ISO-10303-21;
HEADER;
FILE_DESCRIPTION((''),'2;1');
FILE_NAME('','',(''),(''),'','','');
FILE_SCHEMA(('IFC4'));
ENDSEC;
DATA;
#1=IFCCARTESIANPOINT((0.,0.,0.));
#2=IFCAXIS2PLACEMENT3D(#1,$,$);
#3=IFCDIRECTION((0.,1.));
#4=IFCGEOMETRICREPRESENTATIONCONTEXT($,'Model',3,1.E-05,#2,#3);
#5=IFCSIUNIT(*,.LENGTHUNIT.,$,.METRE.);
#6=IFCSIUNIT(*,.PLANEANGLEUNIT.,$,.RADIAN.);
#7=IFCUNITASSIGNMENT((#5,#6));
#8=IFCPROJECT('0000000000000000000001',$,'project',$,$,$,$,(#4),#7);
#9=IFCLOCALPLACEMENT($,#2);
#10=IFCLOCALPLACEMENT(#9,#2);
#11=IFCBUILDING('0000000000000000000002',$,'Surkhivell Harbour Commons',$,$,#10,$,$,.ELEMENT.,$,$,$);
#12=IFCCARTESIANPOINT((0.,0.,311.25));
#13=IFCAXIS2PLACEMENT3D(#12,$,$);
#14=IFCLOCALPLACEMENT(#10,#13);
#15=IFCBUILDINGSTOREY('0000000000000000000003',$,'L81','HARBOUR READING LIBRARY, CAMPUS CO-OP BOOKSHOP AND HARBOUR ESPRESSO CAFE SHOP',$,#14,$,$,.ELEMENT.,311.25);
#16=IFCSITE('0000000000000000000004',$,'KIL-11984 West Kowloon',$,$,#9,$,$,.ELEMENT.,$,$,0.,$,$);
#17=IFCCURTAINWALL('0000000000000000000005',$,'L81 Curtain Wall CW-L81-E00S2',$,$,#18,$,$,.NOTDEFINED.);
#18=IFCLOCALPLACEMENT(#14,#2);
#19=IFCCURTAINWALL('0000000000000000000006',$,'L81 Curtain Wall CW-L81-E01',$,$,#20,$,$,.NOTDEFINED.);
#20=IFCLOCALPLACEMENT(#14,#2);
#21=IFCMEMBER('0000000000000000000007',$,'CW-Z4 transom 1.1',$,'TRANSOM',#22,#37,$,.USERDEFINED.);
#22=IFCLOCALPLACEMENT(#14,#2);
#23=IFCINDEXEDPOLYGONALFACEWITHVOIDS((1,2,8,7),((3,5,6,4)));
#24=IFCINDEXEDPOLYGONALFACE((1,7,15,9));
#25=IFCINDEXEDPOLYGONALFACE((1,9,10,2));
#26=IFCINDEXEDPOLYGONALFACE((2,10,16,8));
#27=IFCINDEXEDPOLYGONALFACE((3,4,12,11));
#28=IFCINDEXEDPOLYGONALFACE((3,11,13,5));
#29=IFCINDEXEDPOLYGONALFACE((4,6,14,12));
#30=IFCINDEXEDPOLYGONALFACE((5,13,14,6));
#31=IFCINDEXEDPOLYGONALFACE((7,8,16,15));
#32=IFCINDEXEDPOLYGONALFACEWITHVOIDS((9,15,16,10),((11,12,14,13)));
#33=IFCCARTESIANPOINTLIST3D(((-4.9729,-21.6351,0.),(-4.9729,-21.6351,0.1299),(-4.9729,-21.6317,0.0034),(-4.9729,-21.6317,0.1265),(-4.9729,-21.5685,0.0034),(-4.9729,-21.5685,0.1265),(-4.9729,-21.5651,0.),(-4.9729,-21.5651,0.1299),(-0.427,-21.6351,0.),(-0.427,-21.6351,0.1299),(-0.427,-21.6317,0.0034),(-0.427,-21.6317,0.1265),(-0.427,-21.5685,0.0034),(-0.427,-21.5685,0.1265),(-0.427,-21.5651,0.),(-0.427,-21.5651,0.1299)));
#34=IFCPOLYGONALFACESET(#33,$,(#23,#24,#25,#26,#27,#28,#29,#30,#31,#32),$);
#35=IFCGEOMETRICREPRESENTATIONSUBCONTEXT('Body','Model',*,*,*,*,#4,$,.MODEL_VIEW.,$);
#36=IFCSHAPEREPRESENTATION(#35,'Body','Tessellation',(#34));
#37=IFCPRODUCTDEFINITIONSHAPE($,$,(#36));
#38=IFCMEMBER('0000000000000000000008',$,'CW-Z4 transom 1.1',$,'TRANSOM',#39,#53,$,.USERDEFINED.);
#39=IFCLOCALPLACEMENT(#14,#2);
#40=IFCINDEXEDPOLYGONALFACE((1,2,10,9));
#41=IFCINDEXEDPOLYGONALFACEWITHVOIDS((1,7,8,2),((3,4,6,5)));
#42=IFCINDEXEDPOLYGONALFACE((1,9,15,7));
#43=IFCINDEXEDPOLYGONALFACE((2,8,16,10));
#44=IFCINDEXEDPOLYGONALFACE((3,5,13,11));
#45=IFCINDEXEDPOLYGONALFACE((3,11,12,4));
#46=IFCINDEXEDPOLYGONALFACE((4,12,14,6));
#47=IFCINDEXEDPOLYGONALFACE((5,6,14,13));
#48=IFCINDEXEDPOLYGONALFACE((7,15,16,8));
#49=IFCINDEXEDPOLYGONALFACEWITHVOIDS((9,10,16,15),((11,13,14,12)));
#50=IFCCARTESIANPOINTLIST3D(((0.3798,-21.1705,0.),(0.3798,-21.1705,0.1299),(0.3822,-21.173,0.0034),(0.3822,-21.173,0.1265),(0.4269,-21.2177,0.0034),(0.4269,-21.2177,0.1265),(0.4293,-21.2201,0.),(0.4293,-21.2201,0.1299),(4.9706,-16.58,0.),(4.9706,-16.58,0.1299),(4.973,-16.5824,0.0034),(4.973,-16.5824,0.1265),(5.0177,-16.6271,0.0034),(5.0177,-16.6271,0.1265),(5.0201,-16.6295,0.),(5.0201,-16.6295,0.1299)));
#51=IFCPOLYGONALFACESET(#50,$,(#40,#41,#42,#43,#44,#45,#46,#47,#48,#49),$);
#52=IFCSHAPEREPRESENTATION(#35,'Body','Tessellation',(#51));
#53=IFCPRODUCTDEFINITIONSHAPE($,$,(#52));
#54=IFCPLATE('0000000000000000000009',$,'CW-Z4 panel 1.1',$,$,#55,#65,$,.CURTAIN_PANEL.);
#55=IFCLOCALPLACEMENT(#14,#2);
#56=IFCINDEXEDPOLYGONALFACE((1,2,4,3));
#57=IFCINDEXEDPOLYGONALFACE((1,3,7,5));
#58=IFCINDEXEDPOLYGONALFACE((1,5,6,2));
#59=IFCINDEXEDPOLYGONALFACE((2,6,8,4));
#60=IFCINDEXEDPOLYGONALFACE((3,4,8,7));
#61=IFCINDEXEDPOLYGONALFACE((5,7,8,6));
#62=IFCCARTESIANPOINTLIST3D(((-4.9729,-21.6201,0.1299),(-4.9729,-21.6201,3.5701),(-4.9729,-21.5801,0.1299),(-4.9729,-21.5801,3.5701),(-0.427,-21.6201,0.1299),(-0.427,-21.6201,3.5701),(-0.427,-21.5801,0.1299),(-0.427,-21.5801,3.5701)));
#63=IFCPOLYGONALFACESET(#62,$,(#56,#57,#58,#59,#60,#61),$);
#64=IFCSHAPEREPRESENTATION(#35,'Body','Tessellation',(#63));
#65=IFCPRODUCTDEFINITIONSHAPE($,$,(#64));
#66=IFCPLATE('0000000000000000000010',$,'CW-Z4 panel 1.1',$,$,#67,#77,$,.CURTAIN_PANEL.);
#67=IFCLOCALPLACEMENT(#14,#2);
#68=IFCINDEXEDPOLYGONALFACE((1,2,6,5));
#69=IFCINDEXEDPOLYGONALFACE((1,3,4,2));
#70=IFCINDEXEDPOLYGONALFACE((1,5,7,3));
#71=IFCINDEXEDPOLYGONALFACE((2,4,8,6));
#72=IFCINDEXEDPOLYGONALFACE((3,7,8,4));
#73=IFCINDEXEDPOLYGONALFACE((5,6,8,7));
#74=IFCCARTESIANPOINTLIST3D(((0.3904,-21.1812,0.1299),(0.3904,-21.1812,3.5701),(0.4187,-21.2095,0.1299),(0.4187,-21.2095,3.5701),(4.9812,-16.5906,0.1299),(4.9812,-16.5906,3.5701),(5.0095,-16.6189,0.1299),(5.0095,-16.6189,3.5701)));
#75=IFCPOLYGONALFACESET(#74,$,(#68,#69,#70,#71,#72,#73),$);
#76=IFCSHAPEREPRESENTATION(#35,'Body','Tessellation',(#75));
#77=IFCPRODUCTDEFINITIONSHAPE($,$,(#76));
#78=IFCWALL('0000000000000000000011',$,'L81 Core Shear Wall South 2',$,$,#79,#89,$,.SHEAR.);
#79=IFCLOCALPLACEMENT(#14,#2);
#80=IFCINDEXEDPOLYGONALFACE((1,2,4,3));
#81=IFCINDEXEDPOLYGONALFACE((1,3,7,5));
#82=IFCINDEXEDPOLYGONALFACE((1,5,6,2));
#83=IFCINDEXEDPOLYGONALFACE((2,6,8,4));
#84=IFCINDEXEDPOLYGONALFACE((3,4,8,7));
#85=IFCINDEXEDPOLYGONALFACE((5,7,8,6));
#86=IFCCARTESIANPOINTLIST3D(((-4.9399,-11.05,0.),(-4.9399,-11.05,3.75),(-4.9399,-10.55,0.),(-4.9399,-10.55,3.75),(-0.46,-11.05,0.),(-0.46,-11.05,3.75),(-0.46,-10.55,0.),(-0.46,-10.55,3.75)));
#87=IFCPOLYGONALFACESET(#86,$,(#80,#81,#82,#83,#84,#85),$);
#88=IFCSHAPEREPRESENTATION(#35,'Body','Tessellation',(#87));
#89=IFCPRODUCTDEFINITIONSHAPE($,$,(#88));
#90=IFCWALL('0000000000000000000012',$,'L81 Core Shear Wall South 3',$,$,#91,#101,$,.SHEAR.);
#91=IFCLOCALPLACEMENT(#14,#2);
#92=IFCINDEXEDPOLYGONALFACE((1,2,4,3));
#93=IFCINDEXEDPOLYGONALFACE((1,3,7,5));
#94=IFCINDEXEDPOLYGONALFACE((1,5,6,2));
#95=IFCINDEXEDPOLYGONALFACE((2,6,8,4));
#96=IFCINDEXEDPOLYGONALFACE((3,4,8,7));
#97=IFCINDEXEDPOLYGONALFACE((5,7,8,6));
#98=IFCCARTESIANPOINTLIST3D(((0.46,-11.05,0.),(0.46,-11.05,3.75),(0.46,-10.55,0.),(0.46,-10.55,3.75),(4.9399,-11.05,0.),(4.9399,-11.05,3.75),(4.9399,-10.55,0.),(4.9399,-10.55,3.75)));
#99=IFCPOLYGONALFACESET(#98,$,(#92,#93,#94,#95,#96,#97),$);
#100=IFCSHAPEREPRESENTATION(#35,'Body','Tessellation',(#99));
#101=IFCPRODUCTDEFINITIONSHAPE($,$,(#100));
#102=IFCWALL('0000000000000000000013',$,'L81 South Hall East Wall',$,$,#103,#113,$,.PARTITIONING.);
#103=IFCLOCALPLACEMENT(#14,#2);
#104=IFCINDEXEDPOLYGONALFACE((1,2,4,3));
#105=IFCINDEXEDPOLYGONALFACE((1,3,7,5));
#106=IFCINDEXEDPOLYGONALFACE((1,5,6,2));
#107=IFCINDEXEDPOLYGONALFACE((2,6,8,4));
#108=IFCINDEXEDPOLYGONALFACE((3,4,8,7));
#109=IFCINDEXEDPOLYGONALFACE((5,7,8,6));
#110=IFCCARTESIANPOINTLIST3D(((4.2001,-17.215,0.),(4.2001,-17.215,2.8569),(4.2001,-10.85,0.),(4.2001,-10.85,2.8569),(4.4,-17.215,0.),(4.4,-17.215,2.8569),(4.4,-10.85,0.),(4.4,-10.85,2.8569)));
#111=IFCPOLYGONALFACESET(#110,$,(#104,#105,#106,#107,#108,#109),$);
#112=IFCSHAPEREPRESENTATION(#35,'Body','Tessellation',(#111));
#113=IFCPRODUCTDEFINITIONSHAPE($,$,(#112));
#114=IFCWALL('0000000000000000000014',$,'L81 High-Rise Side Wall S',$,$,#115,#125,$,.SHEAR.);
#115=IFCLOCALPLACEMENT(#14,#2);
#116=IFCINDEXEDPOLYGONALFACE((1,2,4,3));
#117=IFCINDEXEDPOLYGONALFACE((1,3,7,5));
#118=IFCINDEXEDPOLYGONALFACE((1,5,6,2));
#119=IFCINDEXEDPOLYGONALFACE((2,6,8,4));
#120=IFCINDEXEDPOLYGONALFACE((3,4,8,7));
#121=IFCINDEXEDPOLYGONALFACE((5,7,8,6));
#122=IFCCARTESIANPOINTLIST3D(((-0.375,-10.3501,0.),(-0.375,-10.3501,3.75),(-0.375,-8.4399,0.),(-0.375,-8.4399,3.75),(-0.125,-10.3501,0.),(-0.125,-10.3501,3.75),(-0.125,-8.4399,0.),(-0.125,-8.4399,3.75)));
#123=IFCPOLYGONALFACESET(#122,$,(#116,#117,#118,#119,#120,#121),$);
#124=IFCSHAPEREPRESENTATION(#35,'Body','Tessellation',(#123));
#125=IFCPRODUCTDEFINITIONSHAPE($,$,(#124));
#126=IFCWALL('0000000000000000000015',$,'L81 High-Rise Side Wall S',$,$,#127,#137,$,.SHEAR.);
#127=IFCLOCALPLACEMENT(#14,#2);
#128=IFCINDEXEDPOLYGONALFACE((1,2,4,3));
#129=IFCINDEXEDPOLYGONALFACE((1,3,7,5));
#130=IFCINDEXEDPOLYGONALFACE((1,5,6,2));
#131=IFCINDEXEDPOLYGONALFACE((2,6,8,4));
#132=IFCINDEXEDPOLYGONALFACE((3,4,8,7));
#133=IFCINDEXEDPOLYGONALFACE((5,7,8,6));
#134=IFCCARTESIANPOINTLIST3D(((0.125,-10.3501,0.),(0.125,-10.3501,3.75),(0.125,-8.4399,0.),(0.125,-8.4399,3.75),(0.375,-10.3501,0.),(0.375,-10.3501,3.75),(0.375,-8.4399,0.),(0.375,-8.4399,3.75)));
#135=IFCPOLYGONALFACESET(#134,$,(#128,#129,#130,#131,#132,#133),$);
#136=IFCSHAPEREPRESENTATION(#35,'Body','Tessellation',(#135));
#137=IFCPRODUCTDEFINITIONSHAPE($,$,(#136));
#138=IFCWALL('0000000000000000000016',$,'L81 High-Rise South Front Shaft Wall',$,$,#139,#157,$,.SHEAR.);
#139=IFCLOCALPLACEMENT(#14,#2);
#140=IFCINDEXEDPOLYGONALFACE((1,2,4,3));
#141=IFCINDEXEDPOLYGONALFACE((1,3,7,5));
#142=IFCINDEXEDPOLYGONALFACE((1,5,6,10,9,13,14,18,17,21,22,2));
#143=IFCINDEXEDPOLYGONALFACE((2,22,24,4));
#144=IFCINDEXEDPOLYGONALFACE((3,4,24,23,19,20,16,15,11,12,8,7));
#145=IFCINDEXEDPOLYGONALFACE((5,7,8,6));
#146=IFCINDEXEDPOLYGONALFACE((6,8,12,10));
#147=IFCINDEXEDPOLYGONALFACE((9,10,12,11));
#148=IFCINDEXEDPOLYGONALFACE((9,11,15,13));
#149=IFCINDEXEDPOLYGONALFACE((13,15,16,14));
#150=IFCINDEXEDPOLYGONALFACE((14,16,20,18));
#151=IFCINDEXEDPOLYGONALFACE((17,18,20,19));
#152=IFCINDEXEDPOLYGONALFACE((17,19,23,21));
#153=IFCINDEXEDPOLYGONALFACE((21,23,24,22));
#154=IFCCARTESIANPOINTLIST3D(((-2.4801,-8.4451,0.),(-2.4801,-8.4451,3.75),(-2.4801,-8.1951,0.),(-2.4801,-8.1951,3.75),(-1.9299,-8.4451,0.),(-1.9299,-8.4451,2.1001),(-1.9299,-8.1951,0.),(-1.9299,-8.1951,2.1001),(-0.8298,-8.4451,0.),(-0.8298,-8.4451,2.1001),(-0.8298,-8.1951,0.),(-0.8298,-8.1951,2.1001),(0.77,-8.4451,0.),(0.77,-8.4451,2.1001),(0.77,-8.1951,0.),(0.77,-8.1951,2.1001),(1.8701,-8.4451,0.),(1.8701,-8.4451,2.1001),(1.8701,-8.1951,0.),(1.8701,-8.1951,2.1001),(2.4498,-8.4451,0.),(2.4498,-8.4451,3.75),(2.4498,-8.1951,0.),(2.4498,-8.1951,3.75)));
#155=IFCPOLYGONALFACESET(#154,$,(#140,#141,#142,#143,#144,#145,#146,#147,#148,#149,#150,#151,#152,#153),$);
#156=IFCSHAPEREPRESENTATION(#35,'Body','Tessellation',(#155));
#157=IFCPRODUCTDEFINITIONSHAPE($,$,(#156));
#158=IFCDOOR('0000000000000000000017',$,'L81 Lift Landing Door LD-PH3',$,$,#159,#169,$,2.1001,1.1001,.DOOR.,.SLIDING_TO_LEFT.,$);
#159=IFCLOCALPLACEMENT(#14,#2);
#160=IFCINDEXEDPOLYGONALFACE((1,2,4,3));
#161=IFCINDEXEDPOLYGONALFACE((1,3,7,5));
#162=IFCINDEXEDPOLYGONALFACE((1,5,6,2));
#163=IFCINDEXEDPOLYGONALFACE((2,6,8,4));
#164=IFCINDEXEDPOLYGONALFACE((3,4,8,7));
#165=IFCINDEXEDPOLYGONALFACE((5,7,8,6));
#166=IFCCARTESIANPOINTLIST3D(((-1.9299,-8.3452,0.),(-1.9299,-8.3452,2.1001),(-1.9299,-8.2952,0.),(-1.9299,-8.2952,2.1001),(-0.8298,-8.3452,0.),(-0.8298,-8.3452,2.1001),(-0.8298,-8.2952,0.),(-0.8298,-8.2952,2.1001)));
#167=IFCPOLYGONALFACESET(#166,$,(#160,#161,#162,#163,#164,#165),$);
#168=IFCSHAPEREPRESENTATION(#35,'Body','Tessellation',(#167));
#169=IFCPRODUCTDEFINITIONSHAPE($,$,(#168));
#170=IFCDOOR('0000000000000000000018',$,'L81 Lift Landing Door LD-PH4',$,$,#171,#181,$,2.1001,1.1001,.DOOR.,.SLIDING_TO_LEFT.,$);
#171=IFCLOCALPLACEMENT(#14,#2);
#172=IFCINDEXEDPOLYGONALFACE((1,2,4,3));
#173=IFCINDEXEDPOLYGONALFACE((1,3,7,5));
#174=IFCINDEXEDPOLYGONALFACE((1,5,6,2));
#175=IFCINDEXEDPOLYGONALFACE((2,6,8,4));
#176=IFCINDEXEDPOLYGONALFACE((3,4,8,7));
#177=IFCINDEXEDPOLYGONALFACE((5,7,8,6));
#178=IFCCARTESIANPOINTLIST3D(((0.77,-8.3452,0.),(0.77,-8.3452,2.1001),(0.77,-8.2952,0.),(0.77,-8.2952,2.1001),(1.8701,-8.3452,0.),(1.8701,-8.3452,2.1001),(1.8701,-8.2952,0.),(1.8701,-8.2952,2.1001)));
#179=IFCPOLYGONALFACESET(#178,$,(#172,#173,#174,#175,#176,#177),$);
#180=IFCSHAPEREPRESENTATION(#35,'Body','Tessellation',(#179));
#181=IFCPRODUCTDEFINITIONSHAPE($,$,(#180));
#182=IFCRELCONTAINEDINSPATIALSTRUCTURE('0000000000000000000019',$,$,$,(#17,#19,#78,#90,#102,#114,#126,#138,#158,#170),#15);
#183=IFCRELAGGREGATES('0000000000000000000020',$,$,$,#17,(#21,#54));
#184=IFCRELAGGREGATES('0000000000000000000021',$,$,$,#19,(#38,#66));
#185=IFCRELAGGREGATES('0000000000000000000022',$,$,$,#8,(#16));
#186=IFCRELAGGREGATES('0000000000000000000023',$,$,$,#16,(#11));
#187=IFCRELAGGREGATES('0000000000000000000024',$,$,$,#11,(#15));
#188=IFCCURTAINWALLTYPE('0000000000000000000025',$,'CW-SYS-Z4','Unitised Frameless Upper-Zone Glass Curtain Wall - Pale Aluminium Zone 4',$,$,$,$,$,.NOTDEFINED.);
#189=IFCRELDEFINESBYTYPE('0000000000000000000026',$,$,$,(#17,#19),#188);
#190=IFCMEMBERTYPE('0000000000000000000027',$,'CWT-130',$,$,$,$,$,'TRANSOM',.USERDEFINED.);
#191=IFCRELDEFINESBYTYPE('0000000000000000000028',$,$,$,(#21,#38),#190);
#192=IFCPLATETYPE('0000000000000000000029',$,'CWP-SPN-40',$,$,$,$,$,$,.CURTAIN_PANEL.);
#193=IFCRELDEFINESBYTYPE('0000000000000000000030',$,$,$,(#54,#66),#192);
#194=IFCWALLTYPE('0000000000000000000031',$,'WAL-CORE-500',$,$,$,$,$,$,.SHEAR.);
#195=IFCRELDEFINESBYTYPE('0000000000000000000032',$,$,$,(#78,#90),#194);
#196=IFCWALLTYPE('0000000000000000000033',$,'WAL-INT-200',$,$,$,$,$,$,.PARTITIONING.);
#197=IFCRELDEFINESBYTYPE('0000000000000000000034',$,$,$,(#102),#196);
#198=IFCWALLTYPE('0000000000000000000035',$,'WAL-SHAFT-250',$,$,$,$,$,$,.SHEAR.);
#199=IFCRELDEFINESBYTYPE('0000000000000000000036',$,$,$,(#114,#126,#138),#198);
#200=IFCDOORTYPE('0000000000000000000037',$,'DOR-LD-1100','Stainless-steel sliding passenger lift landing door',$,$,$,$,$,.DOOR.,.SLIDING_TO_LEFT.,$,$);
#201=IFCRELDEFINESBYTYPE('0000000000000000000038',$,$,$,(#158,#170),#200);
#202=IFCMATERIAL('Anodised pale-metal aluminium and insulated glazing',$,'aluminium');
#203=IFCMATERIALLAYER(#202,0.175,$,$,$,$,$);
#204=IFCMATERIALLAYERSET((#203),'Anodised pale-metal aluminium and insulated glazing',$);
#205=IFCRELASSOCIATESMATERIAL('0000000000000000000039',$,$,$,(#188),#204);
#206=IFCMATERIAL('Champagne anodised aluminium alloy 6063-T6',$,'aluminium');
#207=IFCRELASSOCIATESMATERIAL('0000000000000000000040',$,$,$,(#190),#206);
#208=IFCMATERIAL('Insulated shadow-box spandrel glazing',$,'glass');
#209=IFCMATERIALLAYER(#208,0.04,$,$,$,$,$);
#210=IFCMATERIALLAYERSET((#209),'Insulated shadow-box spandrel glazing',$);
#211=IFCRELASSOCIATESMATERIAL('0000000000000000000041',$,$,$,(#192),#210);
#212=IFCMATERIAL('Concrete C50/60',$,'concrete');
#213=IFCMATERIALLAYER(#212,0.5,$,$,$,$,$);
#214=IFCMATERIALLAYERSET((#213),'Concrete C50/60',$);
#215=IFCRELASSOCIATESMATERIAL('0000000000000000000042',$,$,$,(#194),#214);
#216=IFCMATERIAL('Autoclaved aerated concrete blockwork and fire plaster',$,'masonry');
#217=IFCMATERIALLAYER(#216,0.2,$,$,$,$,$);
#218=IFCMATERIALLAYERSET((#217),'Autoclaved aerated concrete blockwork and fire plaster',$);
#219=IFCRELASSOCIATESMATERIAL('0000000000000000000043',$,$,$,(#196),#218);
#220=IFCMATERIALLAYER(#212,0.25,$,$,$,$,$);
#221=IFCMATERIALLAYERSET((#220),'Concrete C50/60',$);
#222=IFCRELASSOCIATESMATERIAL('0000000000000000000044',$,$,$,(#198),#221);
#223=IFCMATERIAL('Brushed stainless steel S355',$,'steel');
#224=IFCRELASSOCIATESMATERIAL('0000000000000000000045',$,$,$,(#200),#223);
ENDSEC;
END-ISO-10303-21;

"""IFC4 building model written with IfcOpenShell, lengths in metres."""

from ifc_helpers import new_model, si_unit, direction, frame, frame_2d, origin, origin_2d, place, context, subcontext, project, spatial, rectangle, hollow_rectangle, extrude, material, layer, layer_set, material_profile, profile_set, type_object, element, fill, aggregate, save


model = new_model("IFC4")

# Units and contexts
model_context = context("Model", 3, precision=1e-05, world=origin(), true_north=direction((0.0, 1.0)))
body_context = subcontext(model_context, "Body", "Model", "MODEL_VIEW")
ifc_project = project(units=[si_unit("LENGTHUNIT", "METRE"), si_unit("PLANEANGLEUNIT", "RADIAN")], contexts=[model_context])

# Site, building, storey
site_placement = place(None, origin())
site = spatial("IfcSite", under=ifc_project, at=site_placement, Name="KIL-11984 West Kowloon", CompositionType="ELEMENT", RefElevation=0.0)
building_placement = place(site_placement, origin())
building = spatial("IfcBuilding", under=site, at=building_placement, Name="Surkhivell Harbour Commons", CompositionType="ELEMENT")
storey_placement = place(building_placement, frame((0.0, 0.0, 311.25)))
storey = spatial("IfcBuildingStorey", under=building, at=storey_placement, Name="L81", Description="HARBOUR READING LIBRARY, CAMPUS CO-OP BOOKSHOP AND HARBOUR ESPRESSO CAFE SHOP", CompositionType="ELEMENT", Elevation=311.25)

# Shared definitions
ifc_material_1 = material(Name="Concrete C50/60", Category="concrete")

# Curtain wall
ifc_material_2 = material(Name="Anodised pale-metal aluminium and insulated glazing", Category="aluminium")
ifc_layer_1 = layer(ifc_material_2, 0.175)
ifc_layer_set_1 = layer_set([ifc_layer_1], Name="Anodised pale-metal aluminium and insulated glazing")
curtain_wall_type = type_object("IfcCurtainWallType", Name="CW-SYS-Z4", Description="Unitised Frameless Upper-Zone Glass Curtain Wall - Pale Aluminium Zone 4", PredefinedType="NOTDEFINED", material=ifc_layer_set_1)
curtain_wall_1_placement = place(storey_placement, origin())
curtain_wall_1 = element("IfcCurtainWall", 1, at=curtain_wall_1_placement, inside=storey, type_object=curtain_wall_type, Name="L81 Curtain Wall CW-L81-E00S2", PredefinedType="NOTDEFINED")

# Curtain wall
curtain_wall_2_placement = place(storey_placement, origin())
curtain_wall_2 = element("IfcCurtainWall", 2, at=curtain_wall_2_placement, inside=storey, type_object=curtain_wall_type, Name="L81 Curtain Wall CW-L81-E01", PredefinedType="NOTDEFINED")

# Members
ifc_material_3 = material(Name="Champagne anodised aluminium alloy 6063-T6", Category="aluminium")
ifc_material_profile_1 = material_profile(ifc_material_3, hollow_rectangle(XDim=0.0701, YDim=0.1299, WallThickness=0.0034, at=origin_2d()), Name="ALU-TRAN-70x130")
ifc_profile_set_1 = profile_set([ifc_material_profile_1], Name="Champagne anodised aluminium alloy 6063-T6")
member_type_1 = type_object("IfcMemberType", Name="CWT-130", ElementType="TRANSOM", PredefinedType="USERDEFINED", material=ifc_profile_set_1)
member_1_placement = place(storey_placement, frame((-4.9729, -21.6001, 0.0649), z_axis=(1.0, 0.0, 0.0), x_axis=(0.0, 1.0, 0.0)))
member_1 = element("IfcMember", 3, at=member_1_placement, type_object=member_type_1, Name="CW-Z4 transom 1.1", ObjectType="TRANSOM", PredefinedType="USERDEFINED", context=body_context, shape_type="SweptSolid", body=[
    extrude(hollow_rectangle(XDim=0.0701, YDim=0.1299, WallThickness=0.0034, at=origin_2d()), origin(), (0.0, 0.0, 1.0), 4.5459),
])
member_2_placement = place(storey_placement, frame((0.4045, -21.1953, 0.0649), z_axis=(0.707126, 0.707088, 0.0), x_axis=(-0.707088, 0.707126, 0.0)))
member_2 = element("IfcMember", 4, at=member_2_placement, type_object=member_type_1, Name="CW-Z4 transom 1.1", ObjectType="TRANSOM", PredefinedType="USERDEFINED", context=body_context, shape_type="SweptSolid", body=[
    extrude(hollow_rectangle(XDim=0.0701, YDim=0.1299, WallThickness=0.0034, at=origin_2d()), origin(), (0.0, 0.0, 1.0), 6.4922),
])

# Plates
ifc_material_4 = material(Name="Insulated shadow-box spandrel glazing", Category="glass")
ifc_layer_2 = layer(ifc_material_4, 0.04)
ifc_layer_set_2 = layer_set([ifc_layer_2], Name="Insulated shadow-box spandrel glazing")
plate_type = type_object("IfcPlateType", Name="CWP-SPN-40", PredefinedType="CURTAIN_PANEL", material=ifc_layer_set_2)
plate_1_placement = place(storey_placement, frame((-4.9729, -21.6001, 0.1299), z_axis=(0.0, 0.0, 1.0), x_axis=(1.0, 0.0, 0.0)))
plate_1 = element("IfcPlate", 5, at=plate_1_placement, type_object=plate_type, Name="CW-Z4 panel 1.1", PredefinedType="CURTAIN_PANEL", context=body_context, shape_type="SweptSolid", body=[
    extrude(rectangle(XDim=4.5459, YDim=0.04, at=frame_2d((2.2729, 0.0))), origin(), (0.0, 0.0, 1.0), 3.4402),
])
aggregate(curtain_wall_1, [member_1, plate_1])
plate_2_placement = place(storey_placement, frame((0.4045, -21.1953, 0.1299), z_axis=(0.0, 0.0, 1.0), x_axis=(0.707126, 0.707088, 0.0)))
plate_2 = element("IfcPlate", 6, at=plate_2_placement, type_object=plate_type, Name="CW-Z4 panel 1.1", PredefinedType="CURTAIN_PANEL", context=body_context, shape_type="SweptSolid", body=[
    extrude(rectangle(XDim=6.4922, YDim=0.04, at=frame_2d((3.2461, 0.0))), origin(), (0.0, 0.0, 1.0), 3.4402),
])
aggregate(curtain_wall_2, [member_2, plate_2])

# Walls
ifc_layer_3 = layer(ifc_material_1, 0.5)
ifc_layer_set_3 = layer_set([ifc_layer_3], Name="Concrete C50/60")
wall_type_1 = type_object("IfcWallType", Name="WAL-CORE-500", PredefinedType="SHEAR", material=ifc_layer_set_3)
for number, where, z_axis, x_axis, name in (
    (7, (-4.9399, -10.8, 0.0), (0.0, 0.0, 1.0), (1.0, 0.0, 0.0), "L81 Core Shear Wall South 2"),
    (8, (0.46, -10.8, 0.0), (0.0, 0.0, 1.0), (1.0, 0.0, 0.0), "L81 Core Shear Wall South 3"),
):
    element("IfcWall", number, at=place(storey_placement, frame(where, z_axis=z_axis, x_axis=x_axis)), inside=storey, type_object=wall_type_1, Name=name, PredefinedType="SHEAR", context=body_context, shape_type="SweptSolid", body=[
        extrude(rectangle(XDim=4.48, YDim=0.5, at=frame_2d((2.24, 0.0))), origin(), (0.0, 0.0, 1.0), 3.75),
    ])
ifc_material_5 = material(Name="Autoclaved aerated concrete blockwork and fire plaster", Category="masonry")
ifc_layer_4 = layer(ifc_material_5, 0.2)
ifc_layer_set_4 = layer_set([ifc_layer_4], Name="Autoclaved aerated concrete blockwork and fire plaster")
wall_type_2 = type_object("IfcWallType", Name="WAL-INT-200", PredefinedType="PARTITIONING", material=ifc_layer_set_4)
wall_1_placement = place(storey_placement, frame((4.3, -17.2151, 0.0), z_axis=(0.0, 0.0, 1.0), x_axis=(0.0, 1.0, 0.0)))
element("IfcWall", 9, at=wall_1_placement, inside=storey, type_object=wall_type_2, Name="L81 South Hall East Wall", PredefinedType="PARTITIONING", context=body_context, shape_type="SweptSolid", body=[
    extrude(rectangle(XDim=6.365, YDim=0.2, at=frame_2d((3.1826, 0.0))), origin(), (0.0, 0.0, 1.0), 2.8569),
])
ifc_layer_5 = layer(ifc_material_1, 0.25)
ifc_layer_set_5 = layer_set([ifc_layer_5], Name="Concrete C50/60")
wall_type_3 = type_object("IfcWallType", Name="WAL-SHAFT-250", PredefinedType="SHEAR", material=ifc_layer_set_5)
for number, where, z_axis, x_axis, name in (
    (10, (-0.25, -10.3501, 0.0), (0.0, 0.0, 1.0), (0.0, 1.0, 0.0), "L81 High-Rise Side Wall S"),
    (11, (0.25, -10.3501, 0.0), (0.0, 0.0, 1.0), (0.0, 1.0, 0.0), "L81 High-Rise Side Wall S"),
):
    element("IfcWall", number, at=place(storey_placement, frame(where, z_axis=z_axis, x_axis=x_axis)), inside=storey, type_object=wall_type_3, Name=name, PredefinedType="SHEAR", context=body_context, shape_type="SweptSolid", body=[
        extrude(rectangle(XDim=1.9102, YDim=0.25, at=frame_2d((0.9551, 0.0))), origin(), (0.0, 0.0, 1.0), 3.75),
    ])

# Wall, openings, doors
wall_2_placement = place(storey_placement, frame((-2.48, -8.3201, 0.0), z_axis=(0.0, 0.0, 1.0), x_axis=(1.0, 0.0, 0.0)))
wall_2 = element("IfcWall", 12, at=wall_2_placement, inside=storey, type_object=wall_type_3, Name="L81 High-Rise South Front Shaft Wall", PredefinedType="SHEAR", context=body_context, shape_type="SweptSolid", body=[
    extrude(rectangle(XDim=4.9299, YDim=0.25, at=frame_2d((2.4648, 0.0))), origin(), (0.0, 0.0, 1.0), 3.75),
])
opening_1_placement = place(wall_2_placement, frame((0.55, 0.0, 0.0)))
opening_1 = element("IfcOpeningElement", 13, at=opening_1_placement, cuts=wall_2, PredefinedType="OPENING", context=body_context, shape_type="SweptSolid", body=[
    extrude(rectangle(XDim=1.1001, YDim=2.1001, at=frame_2d((0.55, 1.05))), frame((0.0, 0.135, 0.0), z_axis=(0.0, -1.0, 0.0), x_axis=(1.0, 0.0, 0.0)), (0.0, 0.0, 1.0), 0.27),
])
opening_2_placement = place(wall_2_placement, frame((3.25, 0.0, 0.0)))
opening_2 = element("IfcOpeningElement", 14, at=opening_2_placement, cuts=wall_2, PredefinedType="OPENING", context=body_context, shape_type="SweptSolid", body=[
    extrude(rectangle(XDim=1.1001, YDim=2.1001, at=frame_2d((0.55, 1.05))), frame((0.0, 0.135, 0.0), z_axis=(0.0, -1.0, 0.0), x_axis=(1.0, 0.0, 0.0)), (0.0, 0.0, 1.0), 0.27),
])
ifc_material_6 = material(Name="Brushed stainless steel S355", Category="steel")
door_type = type_object("IfcDoorType", Name="DOR-LD-1100", Description="Stainless-steel sliding passenger lift landing door", OperationType="SLIDING_TO_LEFT", PredefinedType="DOOR", material=ifc_material_6)
door_1_placement = place(opening_1_placement, origin())
door_1 = element("IfcDoor", 15, at=door_1_placement, inside=storey, type_object=door_type, Name="L81 Lift Landing Door LD-PH3", OperationType="SLIDING_TO_LEFT", OverallHeight=2.1001, OverallWidth=1.1001, PredefinedType="DOOR", context=body_context, shape_type="SweptSolid", body=[
    extrude(rectangle(XDim=1.1001, YDim=2.1001, at=frame_2d((0.55, 1.05))), frame((0.0, 0.0249, 0.0), z_axis=(0.0, -1.0, 0.0), x_axis=(1.0, 0.0, 0.0)), (0.0, 0.0, 1.0), 0.05),
])
fill(opening_1, door_1)
door_2_placement = place(opening_2_placement, origin())
door_2 = element("IfcDoor", 16, at=door_2_placement, inside=storey, type_object=door_type, Name="L81 Lift Landing Door LD-PH4", OperationType="SLIDING_TO_LEFT", OverallHeight=2.1001, OverallWidth=1.1001, PredefinedType="DOOR", context=body_context, shape_type="SweptSolid", body=[
    extrude(rectangle(XDim=1.1001, YDim=2.1001, at=frame_2d((0.55, 1.05))), frame((0.0, 0.0249, 0.0), z_axis=(0.0, -1.0, 0.0), x_axis=(1.0, 0.0, 0.0)), (0.0, 0.0, 1.0), 0.05),
])
fill(opening_2, door_2)

save(model, "model.ifc")
